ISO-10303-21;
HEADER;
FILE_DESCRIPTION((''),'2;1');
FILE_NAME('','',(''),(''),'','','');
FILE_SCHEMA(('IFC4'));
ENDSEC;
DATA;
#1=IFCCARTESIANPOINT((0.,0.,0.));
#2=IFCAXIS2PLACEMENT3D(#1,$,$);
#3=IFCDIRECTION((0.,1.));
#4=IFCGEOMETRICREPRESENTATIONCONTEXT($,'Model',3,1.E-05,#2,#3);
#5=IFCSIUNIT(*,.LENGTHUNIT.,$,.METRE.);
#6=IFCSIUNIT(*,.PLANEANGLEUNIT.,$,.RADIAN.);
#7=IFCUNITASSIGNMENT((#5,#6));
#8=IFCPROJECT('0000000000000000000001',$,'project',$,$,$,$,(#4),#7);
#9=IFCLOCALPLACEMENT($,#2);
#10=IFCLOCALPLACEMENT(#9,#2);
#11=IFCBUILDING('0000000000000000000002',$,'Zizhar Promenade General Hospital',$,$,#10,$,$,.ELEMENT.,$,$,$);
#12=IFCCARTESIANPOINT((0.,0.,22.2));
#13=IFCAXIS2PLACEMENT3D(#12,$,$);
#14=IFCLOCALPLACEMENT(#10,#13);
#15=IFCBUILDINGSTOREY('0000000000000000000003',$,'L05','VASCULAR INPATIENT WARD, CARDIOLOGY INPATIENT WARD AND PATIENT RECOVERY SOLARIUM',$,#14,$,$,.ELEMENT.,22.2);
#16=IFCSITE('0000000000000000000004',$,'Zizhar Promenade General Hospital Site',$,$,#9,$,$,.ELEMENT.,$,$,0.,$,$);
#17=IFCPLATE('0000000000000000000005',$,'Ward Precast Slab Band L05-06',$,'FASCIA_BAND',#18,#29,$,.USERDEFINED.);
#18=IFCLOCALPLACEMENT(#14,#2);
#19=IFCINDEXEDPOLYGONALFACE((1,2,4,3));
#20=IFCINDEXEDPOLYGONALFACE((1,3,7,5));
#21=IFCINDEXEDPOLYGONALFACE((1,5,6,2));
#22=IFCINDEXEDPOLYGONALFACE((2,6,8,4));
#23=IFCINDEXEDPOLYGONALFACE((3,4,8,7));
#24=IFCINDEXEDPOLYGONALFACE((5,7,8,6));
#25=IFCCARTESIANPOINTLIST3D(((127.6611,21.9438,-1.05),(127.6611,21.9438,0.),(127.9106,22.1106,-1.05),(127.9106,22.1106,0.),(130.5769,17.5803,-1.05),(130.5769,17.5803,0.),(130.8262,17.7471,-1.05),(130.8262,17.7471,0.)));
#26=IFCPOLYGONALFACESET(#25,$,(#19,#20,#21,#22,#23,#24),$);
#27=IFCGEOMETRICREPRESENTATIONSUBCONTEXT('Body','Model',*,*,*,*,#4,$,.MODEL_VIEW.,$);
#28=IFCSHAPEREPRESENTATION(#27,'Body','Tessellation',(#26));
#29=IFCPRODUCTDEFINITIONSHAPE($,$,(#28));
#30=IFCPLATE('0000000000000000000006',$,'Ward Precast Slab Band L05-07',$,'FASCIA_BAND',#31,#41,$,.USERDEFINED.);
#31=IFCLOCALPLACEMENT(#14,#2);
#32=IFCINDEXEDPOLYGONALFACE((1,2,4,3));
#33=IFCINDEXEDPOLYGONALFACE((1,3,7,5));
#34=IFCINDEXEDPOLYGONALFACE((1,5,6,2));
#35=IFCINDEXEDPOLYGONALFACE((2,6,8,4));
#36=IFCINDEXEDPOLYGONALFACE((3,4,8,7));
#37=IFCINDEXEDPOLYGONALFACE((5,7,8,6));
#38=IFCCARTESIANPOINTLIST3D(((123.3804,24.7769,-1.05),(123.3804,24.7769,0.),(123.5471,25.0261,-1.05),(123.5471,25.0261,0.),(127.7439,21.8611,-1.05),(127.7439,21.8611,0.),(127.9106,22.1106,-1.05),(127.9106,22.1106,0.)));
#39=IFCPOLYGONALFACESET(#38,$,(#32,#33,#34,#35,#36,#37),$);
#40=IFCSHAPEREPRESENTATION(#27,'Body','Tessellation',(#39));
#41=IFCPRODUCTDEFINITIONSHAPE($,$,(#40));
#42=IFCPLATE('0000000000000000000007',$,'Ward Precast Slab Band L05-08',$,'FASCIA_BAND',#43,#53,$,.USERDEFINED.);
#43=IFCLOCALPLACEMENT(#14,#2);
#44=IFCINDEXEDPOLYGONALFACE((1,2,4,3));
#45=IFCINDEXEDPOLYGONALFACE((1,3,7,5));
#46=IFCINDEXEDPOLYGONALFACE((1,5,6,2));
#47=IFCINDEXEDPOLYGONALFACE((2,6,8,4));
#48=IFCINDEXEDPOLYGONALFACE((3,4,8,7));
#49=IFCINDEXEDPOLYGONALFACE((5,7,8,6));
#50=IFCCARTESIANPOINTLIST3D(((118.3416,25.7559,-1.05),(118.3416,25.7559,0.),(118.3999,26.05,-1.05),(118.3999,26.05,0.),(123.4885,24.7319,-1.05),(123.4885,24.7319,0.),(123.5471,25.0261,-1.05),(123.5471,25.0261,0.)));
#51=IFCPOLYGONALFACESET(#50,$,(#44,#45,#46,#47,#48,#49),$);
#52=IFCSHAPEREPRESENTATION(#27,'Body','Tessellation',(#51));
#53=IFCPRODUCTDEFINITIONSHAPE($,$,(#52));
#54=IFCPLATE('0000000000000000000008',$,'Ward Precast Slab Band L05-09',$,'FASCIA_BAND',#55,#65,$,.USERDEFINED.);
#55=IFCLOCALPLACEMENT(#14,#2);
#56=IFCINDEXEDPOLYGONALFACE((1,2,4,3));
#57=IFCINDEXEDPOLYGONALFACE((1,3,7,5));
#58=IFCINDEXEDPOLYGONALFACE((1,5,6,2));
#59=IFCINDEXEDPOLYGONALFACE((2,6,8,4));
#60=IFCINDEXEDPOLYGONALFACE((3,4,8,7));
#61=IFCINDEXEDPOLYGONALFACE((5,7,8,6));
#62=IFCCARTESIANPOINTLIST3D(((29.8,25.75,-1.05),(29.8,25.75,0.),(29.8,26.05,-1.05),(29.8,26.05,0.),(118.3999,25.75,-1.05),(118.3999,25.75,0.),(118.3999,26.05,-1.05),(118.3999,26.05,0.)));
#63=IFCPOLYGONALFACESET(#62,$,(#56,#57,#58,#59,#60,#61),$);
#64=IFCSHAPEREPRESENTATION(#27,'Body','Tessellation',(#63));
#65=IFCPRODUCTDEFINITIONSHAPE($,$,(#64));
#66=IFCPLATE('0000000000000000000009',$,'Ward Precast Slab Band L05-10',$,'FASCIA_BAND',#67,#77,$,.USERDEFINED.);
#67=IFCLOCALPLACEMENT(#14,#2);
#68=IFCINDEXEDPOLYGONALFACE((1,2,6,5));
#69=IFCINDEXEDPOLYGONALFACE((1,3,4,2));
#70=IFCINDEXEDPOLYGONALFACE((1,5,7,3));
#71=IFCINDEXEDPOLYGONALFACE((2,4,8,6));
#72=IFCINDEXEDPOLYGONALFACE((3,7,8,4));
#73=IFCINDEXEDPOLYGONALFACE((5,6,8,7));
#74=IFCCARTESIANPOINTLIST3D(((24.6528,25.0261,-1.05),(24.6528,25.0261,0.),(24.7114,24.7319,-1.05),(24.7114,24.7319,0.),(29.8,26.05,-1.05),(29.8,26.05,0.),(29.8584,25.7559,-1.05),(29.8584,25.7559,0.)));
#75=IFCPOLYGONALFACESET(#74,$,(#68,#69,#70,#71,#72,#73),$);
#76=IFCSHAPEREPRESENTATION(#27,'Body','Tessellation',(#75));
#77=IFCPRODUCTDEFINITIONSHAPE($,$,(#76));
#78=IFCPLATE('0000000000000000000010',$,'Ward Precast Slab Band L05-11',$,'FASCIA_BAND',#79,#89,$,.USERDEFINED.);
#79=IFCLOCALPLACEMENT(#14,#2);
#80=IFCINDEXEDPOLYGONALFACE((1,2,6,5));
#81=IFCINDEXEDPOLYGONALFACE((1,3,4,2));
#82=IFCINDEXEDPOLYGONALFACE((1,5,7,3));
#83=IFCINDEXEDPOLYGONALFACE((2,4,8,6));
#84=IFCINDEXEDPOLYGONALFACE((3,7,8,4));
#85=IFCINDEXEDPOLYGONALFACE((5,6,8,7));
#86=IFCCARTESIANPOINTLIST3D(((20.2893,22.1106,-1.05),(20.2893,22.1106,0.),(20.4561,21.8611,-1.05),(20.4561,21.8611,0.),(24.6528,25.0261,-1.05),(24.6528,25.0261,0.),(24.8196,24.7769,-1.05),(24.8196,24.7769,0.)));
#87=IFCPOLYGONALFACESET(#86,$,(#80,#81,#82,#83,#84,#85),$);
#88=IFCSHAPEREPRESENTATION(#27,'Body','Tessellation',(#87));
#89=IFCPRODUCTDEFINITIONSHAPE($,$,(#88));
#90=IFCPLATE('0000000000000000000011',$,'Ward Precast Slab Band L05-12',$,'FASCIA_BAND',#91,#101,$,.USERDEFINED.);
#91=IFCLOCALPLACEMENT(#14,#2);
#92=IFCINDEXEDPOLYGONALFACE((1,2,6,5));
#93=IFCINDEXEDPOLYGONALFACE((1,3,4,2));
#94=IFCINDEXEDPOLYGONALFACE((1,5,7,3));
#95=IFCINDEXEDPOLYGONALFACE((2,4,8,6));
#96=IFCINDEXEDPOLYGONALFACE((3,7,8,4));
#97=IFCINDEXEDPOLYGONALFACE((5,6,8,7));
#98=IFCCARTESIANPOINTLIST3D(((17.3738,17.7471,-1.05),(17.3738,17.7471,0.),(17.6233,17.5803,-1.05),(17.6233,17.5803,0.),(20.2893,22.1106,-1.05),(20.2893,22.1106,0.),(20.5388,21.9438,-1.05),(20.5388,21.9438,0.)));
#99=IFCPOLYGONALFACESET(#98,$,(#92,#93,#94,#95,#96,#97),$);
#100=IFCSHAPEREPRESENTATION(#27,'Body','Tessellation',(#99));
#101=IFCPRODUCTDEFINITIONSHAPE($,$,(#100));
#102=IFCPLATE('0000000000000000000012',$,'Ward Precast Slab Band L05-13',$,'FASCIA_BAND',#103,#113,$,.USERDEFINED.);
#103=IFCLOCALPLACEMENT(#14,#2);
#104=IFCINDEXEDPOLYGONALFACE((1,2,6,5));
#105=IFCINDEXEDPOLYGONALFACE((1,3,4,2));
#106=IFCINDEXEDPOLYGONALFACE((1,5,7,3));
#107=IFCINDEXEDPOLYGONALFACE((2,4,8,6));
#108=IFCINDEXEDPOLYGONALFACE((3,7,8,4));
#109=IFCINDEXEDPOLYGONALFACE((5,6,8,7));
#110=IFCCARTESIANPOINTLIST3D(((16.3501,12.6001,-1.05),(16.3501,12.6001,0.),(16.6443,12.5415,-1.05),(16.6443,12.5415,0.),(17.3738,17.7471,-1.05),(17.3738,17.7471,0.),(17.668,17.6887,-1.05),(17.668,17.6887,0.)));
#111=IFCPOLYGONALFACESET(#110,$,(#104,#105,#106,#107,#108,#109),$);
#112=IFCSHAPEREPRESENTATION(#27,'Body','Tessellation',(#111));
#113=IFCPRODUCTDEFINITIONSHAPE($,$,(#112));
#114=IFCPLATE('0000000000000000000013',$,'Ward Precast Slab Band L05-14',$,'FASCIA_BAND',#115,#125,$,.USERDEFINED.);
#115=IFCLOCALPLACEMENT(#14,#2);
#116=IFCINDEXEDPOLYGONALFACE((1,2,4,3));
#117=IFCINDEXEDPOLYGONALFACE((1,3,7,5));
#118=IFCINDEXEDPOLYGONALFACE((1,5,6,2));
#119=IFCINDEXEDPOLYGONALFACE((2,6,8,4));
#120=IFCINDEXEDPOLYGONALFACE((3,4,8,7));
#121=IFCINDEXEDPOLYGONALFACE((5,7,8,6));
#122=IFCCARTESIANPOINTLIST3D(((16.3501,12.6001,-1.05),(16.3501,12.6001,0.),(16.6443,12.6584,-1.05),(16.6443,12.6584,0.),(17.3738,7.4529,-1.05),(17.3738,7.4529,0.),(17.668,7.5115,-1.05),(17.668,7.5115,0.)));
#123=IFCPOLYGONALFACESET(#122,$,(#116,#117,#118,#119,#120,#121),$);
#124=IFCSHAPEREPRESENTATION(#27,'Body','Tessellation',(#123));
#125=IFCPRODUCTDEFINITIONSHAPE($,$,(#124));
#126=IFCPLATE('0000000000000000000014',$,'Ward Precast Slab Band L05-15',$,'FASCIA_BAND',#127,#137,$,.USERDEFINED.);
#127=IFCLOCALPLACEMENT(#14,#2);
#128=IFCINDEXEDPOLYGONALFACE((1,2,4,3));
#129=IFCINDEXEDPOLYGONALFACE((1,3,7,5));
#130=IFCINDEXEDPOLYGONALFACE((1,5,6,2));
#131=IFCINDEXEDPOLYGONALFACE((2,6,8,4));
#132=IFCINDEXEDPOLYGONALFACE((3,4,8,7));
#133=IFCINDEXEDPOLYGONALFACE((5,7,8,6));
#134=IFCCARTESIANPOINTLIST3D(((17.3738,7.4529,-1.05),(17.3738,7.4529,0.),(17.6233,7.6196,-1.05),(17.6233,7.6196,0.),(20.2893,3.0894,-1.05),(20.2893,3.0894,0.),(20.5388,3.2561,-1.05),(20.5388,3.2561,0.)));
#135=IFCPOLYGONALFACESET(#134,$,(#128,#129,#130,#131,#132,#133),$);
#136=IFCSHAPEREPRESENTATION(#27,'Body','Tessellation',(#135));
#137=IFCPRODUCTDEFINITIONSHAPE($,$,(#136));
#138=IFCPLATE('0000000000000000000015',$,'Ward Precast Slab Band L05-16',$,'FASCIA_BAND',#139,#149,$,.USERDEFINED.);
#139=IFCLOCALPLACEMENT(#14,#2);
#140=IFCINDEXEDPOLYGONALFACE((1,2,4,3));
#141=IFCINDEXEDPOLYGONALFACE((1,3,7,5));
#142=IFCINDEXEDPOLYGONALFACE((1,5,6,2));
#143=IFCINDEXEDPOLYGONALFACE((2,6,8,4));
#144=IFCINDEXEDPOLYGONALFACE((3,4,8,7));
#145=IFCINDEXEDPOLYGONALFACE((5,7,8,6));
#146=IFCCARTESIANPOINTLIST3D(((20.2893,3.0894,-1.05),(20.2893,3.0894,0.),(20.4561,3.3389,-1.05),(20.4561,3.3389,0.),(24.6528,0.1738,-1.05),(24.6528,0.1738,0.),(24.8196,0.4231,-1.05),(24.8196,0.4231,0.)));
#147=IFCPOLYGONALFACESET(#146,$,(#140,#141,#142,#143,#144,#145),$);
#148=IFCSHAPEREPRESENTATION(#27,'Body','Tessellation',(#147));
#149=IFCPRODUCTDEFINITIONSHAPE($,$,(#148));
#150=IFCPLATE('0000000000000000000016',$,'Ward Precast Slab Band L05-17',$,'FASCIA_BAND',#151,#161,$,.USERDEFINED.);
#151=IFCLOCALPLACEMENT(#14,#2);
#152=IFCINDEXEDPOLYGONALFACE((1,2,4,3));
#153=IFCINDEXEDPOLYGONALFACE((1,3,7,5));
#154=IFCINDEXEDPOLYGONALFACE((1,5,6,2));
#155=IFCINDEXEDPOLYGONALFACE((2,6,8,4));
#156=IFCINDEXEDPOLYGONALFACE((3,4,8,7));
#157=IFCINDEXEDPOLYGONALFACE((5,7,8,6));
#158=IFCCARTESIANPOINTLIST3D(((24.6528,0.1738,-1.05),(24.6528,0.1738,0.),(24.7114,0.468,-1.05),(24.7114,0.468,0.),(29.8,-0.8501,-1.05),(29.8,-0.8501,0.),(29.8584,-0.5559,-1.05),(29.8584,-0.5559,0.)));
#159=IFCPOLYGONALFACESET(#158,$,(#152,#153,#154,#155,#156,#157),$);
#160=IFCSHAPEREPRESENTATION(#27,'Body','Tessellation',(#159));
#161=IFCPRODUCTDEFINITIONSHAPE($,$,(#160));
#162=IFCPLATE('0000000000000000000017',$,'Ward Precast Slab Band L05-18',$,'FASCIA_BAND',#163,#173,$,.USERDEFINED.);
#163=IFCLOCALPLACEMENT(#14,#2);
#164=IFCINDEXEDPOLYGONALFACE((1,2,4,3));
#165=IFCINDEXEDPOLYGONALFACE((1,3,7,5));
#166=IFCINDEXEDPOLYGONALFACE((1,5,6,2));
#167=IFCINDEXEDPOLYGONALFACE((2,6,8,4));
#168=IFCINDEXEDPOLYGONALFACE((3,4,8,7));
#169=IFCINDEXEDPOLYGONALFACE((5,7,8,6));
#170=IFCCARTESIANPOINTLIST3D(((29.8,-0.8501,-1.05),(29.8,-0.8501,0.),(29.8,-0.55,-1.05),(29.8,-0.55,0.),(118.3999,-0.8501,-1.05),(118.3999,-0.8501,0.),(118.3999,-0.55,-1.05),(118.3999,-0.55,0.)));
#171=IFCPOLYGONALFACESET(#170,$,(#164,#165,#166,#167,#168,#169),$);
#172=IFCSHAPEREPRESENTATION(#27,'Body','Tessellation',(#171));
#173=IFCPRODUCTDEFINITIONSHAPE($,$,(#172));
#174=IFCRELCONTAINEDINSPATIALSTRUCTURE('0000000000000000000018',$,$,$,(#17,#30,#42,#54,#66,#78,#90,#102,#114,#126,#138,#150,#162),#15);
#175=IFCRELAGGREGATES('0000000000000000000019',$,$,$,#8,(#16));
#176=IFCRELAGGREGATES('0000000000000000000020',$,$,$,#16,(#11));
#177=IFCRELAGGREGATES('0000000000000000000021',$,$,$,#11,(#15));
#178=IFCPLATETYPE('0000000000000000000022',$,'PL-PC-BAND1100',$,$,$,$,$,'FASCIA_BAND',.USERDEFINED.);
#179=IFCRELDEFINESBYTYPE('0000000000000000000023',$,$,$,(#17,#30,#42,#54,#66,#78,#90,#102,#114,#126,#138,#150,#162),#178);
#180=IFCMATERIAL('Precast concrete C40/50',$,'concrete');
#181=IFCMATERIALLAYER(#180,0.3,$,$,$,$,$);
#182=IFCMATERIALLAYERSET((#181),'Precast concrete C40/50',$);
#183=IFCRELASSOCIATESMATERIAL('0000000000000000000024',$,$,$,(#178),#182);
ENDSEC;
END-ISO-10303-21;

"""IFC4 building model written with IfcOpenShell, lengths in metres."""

from ifc_helpers import new_model, si_unit, direction, frame, origin, place, context, subcontext, project, spatial, polyline, outline, extrude, material, layer, layer_set, type_object, element, save


model = new_model("IFC4")

# Units and contexts
model_context = context("Model", 3, precision=1e-05, world=origin(), true_north=direction((0.0, 1.0)))
body_context = subcontext(model_context, "Body", "Model", "MODEL_VIEW")
ifc_project = project(units=[si_unit("LENGTHUNIT", "METRE"), si_unit("PLANEANGLEUNIT", "RADIAN")], contexts=[model_context])

# Site, building, storey
site_placement = place(None, origin())
site = spatial("IfcSite", under=ifc_project, at=site_placement, Name="Zizhar Promenade General Hospital Site", CompositionType="ELEMENT", RefElevation=0.0)
building_placement = place(site_placement, origin())
building = spatial("IfcBuilding", under=site, at=building_placement, Name="Zizhar Promenade General Hospital", CompositionType="ELEMENT")
storey_placement = place(building_placement, frame((0.0, 0.0, 22.2)))
storey = spatial("IfcBuildingStorey", under=building, at=storey_placement, Name="L05", Description="VASCULAR INPATIENT WARD, CARDIOLOGY INPATIENT WARD AND PATIENT RECOVERY SOLARIUM", CompositionType="ELEMENT", Elevation=22.2)

# Plates
ifc_material_1 = material(Name="Precast concrete C40/50", Category="concrete")
ifc_layer_1 = layer(ifc_material_1, 0.3)
ifc_layer_set_1 = layer_set([ifc_layer_1], Name="Precast concrete C40/50")
plate_type_1 = type_object("IfcPlateType", Name="PL-PC-BAND1100", ElementType="FASCIA_BAND", PredefinedType="USERDEFINED", material=ifc_layer_set_1)
plate_1_placement = place(storey_placement, frame((0.0, 0.0, -1.05)))
element("IfcPlate", 1, at=plate_1_placement, inside=storey, type_object=plate_type_1, Name="Ward Precast Slab Band L05-06", ObjectType="FASCIA_BAND", PredefinedType="USERDEFINED", context=body_context, shape_type="SweptSolid", body=[
    extrude(outline(polyline([(130.8262, 17.7471), (127.9106, 22.1106), (127.6611, 21.9438), (130.5769, 17.5803), (130.8262, 17.7471)])), origin(), (0.0, 0.0, 1.0), 1.05),
])
plate_2_placement = place(storey_placement, frame((0.0, 0.0, -1.05)))
element("IfcPlate", 2, at=plate_2_placement, inside=storey, type_object=plate_type_1, Name="Ward Precast Slab Band L05-07", ObjectType="FASCIA_BAND", PredefinedType="USERDEFINED", context=body_context, shape_type="SweptSolid", body=[
    extrude(outline(polyline([(127.9106, 22.1106), (123.5471, 25.0261), (123.3804, 24.7769), (127.7439, 21.8611), (127.9106, 22.1106)])), origin(), (0.0, 0.0, 1.0), 1.05),
])
plate_3_placement = place(storey_placement, frame((0.0, 0.0, -1.05)))
element("IfcPlate", 3, at=plate_3_placement, inside=storey, type_object=plate_type_1, Name="Ward Precast Slab Band L05-08", ObjectType="FASCIA_BAND", PredefinedType="USERDEFINED", context=body_context, shape_type="SweptSolid", body=[
    extrude(outline(polyline([(123.5471, 25.0261), (118.3999, 26.05), (118.3416, 25.7559), (123.4885, 24.7319), (123.5471, 25.0261)])), origin(), (0.0, 0.0, 1.0), 1.05),
])
plate_4_placement = place(storey_placement, frame((0.0, 0.0, -1.05)))
element("IfcPlate", 4, at=plate_4_placement, inside=storey, type_object=plate_type_1, Name="Ward Precast Slab Band L05-09", ObjectType="FASCIA_BAND", PredefinedType="USERDEFINED", context=body_context, shape_type="SweptSolid", body=[
    extrude(outline(polyline([(118.3999, 26.05), (29.8, 26.05), (29.8, 25.75), (118.3999, 25.75), (118.3999, 26.05)])), origin(), (0.0, 0.0, 1.0), 1.05),
])
plate_5_placement = place(storey_placement, frame((0.0, 0.0, -1.05)))
element("IfcPlate", 5, at=plate_5_placement, inside=storey, type_object=plate_type_1, Name="Ward Precast Slab Band L05-10", ObjectType="FASCIA_BAND", PredefinedType="USERDEFINED", context=body_context, shape_type="SweptSolid", body=[
    extrude(outline(polyline([(29.8, 26.05), (24.6528, 25.0261), (24.7114, 24.7319), (29.8584, 25.7559), (29.8, 26.05)])), origin(), (0.0, 0.0, 1.0), 1.05),
])
plate_6_placement = place(storey_placement, frame((0.0, 0.0, -1.05)))
element("IfcPlate", 6, at=plate_6_placement, inside=storey, type_object=plate_type_1, Name="Ward Precast Slab Band L05-11", ObjectType="FASCIA_BAND", PredefinedType="USERDEFINED", context=body_context, shape_type="SweptSolid", body=[
    extrude(outline(polyline([(24.6528, 25.0261), (20.2893, 22.1106), (20.4561, 21.8611), (24.8196, 24.7769), (24.6528, 25.0261)])), origin(), (0.0, 0.0, 1.0), 1.05),
])
plate_7_placement = place(storey_placement, frame((0.0, 0.0, -1.05)))
element("IfcPlate", 7, at=plate_7_placement, inside=storey, type_object=plate_type_1, Name="Ward Precast Slab Band L05-12", ObjectType="FASCIA_BAND", PredefinedType="USERDEFINED", context=body_context, shape_type="SweptSolid", body=[
    extrude(outline(polyline([(20.2893, 22.1106), (17.3738, 17.7471), (17.6233, 17.5803), (20.5388, 21.9438), (20.2893, 22.1106)])), origin(), (0.0, 0.0, 1.0), 1.05),
])
plate_8_placement = place(storey_placement, frame((0.0, 0.0, -1.05)))
element("IfcPlate", 8, at=plate_8_placement, inside=storey, type_object=plate_type_1, Name="Ward Precast Slab Band L05-13", ObjectType="FASCIA_BAND", PredefinedType="USERDEFINED", context=body_context, shape_type="SweptSolid", body=[
    extrude(outline(polyline([(17.3738, 17.7471), (16.3501, 12.6001), (16.6443, 12.5415), (17.668, 17.6887), (17.3738, 17.7471)])), origin(), (0.0, 0.0, 1.0), 1.05),
])
plate_9_placement = place(storey_placement, frame((0.0, 0.0, -1.05)))
element("IfcPlate", 9, at=plate_9_placement, inside=storey, type_object=plate_type_1, Name="Ward Precast Slab Band L05-14", ObjectType="FASCIA_BAND", PredefinedType="USERDEFINED", context=body_context, shape_type="SweptSolid", body=[
    extrude(outline(polyline([(16.3501, 12.6001), (17.3738, 7.4529), (17.668, 7.5115), (16.6443, 12.6584), (16.3501, 12.6001)])), origin(), (0.0, 0.0, 1.0), 1.05),
])
plate_10_placement = place(storey_placement, frame((0.0, 0.0, -1.05)))
element("IfcPlate", 10, at=plate_10_placement, inside=storey, type_object=plate_type_1, Name="Ward Precast Slab Band L05-15", ObjectType="FASCIA_BAND", PredefinedType="USERDEFINED", context=body_context, shape_type="SweptSolid", body=[
    extrude(outline(polyline([(17.3738, 7.4529), (20.2893, 3.0894), (20.5388, 3.2561), (17.6233, 7.6196), (17.3738, 7.4529)])), origin(), (0.0, 0.0, 1.0), 1.05),
])
plate_11_placement = place(storey_placement, frame((0.0, 0.0, -1.05)))
element("IfcPlate", 11, at=plate_11_placement, inside=storey, type_object=plate_type_1, Name="Ward Precast Slab Band L05-16", ObjectType="FASCIA_BAND", PredefinedType="USERDEFINED", context=body_context, shape_type="SweptSolid", body=[
    extrude(outline(polyline([(20.2893, 3.0894), (24.6528, 0.1738), (24.8196, 0.4231), (20.4561, 3.3389), (20.2893, 3.0894)])), origin(), (0.0, 0.0, 1.0), 1.05),
])
plate_12_placement = place(storey_placement, frame((0.0, 0.0, -1.05)))
element("IfcPlate", 12, at=plate_12_placement, inside=storey, type_object=plate_type_1, Name="Ward Precast Slab Band L05-17", ObjectType="FASCIA_BAND", PredefinedType="USERDEFINED", context=body_context, shape_type="SweptSolid", body=[
    extrude(outline(polyline([(24.6528, 0.1738), (29.8, -0.8501), (29.8584, -0.5559), (24.7114, 0.468), (24.6528, 0.1738)])), origin(), (0.0, 0.0, 1.0), 1.05),
])
plate_13_placement = place(storey_placement, frame((0.0, 0.0, -1.05)))
element("IfcPlate", 13, at=plate_13_placement, inside=storey, type_object=plate_type_1, Name="Ward Precast Slab Band L05-18", ObjectType="FASCIA_BAND", PredefinedType="USERDEFINED", context=body_context, shape_type="SweptSolid", body=[
    extrude(outline(polyline([(29.8, -0.8501), (118.3999, -0.8501), (118.3999, -0.55), (29.8, -0.55), (29.8, -0.8501)])), origin(), (0.0, 0.0, 1.0), 1.05),
])

save(model, "model.ifc")
